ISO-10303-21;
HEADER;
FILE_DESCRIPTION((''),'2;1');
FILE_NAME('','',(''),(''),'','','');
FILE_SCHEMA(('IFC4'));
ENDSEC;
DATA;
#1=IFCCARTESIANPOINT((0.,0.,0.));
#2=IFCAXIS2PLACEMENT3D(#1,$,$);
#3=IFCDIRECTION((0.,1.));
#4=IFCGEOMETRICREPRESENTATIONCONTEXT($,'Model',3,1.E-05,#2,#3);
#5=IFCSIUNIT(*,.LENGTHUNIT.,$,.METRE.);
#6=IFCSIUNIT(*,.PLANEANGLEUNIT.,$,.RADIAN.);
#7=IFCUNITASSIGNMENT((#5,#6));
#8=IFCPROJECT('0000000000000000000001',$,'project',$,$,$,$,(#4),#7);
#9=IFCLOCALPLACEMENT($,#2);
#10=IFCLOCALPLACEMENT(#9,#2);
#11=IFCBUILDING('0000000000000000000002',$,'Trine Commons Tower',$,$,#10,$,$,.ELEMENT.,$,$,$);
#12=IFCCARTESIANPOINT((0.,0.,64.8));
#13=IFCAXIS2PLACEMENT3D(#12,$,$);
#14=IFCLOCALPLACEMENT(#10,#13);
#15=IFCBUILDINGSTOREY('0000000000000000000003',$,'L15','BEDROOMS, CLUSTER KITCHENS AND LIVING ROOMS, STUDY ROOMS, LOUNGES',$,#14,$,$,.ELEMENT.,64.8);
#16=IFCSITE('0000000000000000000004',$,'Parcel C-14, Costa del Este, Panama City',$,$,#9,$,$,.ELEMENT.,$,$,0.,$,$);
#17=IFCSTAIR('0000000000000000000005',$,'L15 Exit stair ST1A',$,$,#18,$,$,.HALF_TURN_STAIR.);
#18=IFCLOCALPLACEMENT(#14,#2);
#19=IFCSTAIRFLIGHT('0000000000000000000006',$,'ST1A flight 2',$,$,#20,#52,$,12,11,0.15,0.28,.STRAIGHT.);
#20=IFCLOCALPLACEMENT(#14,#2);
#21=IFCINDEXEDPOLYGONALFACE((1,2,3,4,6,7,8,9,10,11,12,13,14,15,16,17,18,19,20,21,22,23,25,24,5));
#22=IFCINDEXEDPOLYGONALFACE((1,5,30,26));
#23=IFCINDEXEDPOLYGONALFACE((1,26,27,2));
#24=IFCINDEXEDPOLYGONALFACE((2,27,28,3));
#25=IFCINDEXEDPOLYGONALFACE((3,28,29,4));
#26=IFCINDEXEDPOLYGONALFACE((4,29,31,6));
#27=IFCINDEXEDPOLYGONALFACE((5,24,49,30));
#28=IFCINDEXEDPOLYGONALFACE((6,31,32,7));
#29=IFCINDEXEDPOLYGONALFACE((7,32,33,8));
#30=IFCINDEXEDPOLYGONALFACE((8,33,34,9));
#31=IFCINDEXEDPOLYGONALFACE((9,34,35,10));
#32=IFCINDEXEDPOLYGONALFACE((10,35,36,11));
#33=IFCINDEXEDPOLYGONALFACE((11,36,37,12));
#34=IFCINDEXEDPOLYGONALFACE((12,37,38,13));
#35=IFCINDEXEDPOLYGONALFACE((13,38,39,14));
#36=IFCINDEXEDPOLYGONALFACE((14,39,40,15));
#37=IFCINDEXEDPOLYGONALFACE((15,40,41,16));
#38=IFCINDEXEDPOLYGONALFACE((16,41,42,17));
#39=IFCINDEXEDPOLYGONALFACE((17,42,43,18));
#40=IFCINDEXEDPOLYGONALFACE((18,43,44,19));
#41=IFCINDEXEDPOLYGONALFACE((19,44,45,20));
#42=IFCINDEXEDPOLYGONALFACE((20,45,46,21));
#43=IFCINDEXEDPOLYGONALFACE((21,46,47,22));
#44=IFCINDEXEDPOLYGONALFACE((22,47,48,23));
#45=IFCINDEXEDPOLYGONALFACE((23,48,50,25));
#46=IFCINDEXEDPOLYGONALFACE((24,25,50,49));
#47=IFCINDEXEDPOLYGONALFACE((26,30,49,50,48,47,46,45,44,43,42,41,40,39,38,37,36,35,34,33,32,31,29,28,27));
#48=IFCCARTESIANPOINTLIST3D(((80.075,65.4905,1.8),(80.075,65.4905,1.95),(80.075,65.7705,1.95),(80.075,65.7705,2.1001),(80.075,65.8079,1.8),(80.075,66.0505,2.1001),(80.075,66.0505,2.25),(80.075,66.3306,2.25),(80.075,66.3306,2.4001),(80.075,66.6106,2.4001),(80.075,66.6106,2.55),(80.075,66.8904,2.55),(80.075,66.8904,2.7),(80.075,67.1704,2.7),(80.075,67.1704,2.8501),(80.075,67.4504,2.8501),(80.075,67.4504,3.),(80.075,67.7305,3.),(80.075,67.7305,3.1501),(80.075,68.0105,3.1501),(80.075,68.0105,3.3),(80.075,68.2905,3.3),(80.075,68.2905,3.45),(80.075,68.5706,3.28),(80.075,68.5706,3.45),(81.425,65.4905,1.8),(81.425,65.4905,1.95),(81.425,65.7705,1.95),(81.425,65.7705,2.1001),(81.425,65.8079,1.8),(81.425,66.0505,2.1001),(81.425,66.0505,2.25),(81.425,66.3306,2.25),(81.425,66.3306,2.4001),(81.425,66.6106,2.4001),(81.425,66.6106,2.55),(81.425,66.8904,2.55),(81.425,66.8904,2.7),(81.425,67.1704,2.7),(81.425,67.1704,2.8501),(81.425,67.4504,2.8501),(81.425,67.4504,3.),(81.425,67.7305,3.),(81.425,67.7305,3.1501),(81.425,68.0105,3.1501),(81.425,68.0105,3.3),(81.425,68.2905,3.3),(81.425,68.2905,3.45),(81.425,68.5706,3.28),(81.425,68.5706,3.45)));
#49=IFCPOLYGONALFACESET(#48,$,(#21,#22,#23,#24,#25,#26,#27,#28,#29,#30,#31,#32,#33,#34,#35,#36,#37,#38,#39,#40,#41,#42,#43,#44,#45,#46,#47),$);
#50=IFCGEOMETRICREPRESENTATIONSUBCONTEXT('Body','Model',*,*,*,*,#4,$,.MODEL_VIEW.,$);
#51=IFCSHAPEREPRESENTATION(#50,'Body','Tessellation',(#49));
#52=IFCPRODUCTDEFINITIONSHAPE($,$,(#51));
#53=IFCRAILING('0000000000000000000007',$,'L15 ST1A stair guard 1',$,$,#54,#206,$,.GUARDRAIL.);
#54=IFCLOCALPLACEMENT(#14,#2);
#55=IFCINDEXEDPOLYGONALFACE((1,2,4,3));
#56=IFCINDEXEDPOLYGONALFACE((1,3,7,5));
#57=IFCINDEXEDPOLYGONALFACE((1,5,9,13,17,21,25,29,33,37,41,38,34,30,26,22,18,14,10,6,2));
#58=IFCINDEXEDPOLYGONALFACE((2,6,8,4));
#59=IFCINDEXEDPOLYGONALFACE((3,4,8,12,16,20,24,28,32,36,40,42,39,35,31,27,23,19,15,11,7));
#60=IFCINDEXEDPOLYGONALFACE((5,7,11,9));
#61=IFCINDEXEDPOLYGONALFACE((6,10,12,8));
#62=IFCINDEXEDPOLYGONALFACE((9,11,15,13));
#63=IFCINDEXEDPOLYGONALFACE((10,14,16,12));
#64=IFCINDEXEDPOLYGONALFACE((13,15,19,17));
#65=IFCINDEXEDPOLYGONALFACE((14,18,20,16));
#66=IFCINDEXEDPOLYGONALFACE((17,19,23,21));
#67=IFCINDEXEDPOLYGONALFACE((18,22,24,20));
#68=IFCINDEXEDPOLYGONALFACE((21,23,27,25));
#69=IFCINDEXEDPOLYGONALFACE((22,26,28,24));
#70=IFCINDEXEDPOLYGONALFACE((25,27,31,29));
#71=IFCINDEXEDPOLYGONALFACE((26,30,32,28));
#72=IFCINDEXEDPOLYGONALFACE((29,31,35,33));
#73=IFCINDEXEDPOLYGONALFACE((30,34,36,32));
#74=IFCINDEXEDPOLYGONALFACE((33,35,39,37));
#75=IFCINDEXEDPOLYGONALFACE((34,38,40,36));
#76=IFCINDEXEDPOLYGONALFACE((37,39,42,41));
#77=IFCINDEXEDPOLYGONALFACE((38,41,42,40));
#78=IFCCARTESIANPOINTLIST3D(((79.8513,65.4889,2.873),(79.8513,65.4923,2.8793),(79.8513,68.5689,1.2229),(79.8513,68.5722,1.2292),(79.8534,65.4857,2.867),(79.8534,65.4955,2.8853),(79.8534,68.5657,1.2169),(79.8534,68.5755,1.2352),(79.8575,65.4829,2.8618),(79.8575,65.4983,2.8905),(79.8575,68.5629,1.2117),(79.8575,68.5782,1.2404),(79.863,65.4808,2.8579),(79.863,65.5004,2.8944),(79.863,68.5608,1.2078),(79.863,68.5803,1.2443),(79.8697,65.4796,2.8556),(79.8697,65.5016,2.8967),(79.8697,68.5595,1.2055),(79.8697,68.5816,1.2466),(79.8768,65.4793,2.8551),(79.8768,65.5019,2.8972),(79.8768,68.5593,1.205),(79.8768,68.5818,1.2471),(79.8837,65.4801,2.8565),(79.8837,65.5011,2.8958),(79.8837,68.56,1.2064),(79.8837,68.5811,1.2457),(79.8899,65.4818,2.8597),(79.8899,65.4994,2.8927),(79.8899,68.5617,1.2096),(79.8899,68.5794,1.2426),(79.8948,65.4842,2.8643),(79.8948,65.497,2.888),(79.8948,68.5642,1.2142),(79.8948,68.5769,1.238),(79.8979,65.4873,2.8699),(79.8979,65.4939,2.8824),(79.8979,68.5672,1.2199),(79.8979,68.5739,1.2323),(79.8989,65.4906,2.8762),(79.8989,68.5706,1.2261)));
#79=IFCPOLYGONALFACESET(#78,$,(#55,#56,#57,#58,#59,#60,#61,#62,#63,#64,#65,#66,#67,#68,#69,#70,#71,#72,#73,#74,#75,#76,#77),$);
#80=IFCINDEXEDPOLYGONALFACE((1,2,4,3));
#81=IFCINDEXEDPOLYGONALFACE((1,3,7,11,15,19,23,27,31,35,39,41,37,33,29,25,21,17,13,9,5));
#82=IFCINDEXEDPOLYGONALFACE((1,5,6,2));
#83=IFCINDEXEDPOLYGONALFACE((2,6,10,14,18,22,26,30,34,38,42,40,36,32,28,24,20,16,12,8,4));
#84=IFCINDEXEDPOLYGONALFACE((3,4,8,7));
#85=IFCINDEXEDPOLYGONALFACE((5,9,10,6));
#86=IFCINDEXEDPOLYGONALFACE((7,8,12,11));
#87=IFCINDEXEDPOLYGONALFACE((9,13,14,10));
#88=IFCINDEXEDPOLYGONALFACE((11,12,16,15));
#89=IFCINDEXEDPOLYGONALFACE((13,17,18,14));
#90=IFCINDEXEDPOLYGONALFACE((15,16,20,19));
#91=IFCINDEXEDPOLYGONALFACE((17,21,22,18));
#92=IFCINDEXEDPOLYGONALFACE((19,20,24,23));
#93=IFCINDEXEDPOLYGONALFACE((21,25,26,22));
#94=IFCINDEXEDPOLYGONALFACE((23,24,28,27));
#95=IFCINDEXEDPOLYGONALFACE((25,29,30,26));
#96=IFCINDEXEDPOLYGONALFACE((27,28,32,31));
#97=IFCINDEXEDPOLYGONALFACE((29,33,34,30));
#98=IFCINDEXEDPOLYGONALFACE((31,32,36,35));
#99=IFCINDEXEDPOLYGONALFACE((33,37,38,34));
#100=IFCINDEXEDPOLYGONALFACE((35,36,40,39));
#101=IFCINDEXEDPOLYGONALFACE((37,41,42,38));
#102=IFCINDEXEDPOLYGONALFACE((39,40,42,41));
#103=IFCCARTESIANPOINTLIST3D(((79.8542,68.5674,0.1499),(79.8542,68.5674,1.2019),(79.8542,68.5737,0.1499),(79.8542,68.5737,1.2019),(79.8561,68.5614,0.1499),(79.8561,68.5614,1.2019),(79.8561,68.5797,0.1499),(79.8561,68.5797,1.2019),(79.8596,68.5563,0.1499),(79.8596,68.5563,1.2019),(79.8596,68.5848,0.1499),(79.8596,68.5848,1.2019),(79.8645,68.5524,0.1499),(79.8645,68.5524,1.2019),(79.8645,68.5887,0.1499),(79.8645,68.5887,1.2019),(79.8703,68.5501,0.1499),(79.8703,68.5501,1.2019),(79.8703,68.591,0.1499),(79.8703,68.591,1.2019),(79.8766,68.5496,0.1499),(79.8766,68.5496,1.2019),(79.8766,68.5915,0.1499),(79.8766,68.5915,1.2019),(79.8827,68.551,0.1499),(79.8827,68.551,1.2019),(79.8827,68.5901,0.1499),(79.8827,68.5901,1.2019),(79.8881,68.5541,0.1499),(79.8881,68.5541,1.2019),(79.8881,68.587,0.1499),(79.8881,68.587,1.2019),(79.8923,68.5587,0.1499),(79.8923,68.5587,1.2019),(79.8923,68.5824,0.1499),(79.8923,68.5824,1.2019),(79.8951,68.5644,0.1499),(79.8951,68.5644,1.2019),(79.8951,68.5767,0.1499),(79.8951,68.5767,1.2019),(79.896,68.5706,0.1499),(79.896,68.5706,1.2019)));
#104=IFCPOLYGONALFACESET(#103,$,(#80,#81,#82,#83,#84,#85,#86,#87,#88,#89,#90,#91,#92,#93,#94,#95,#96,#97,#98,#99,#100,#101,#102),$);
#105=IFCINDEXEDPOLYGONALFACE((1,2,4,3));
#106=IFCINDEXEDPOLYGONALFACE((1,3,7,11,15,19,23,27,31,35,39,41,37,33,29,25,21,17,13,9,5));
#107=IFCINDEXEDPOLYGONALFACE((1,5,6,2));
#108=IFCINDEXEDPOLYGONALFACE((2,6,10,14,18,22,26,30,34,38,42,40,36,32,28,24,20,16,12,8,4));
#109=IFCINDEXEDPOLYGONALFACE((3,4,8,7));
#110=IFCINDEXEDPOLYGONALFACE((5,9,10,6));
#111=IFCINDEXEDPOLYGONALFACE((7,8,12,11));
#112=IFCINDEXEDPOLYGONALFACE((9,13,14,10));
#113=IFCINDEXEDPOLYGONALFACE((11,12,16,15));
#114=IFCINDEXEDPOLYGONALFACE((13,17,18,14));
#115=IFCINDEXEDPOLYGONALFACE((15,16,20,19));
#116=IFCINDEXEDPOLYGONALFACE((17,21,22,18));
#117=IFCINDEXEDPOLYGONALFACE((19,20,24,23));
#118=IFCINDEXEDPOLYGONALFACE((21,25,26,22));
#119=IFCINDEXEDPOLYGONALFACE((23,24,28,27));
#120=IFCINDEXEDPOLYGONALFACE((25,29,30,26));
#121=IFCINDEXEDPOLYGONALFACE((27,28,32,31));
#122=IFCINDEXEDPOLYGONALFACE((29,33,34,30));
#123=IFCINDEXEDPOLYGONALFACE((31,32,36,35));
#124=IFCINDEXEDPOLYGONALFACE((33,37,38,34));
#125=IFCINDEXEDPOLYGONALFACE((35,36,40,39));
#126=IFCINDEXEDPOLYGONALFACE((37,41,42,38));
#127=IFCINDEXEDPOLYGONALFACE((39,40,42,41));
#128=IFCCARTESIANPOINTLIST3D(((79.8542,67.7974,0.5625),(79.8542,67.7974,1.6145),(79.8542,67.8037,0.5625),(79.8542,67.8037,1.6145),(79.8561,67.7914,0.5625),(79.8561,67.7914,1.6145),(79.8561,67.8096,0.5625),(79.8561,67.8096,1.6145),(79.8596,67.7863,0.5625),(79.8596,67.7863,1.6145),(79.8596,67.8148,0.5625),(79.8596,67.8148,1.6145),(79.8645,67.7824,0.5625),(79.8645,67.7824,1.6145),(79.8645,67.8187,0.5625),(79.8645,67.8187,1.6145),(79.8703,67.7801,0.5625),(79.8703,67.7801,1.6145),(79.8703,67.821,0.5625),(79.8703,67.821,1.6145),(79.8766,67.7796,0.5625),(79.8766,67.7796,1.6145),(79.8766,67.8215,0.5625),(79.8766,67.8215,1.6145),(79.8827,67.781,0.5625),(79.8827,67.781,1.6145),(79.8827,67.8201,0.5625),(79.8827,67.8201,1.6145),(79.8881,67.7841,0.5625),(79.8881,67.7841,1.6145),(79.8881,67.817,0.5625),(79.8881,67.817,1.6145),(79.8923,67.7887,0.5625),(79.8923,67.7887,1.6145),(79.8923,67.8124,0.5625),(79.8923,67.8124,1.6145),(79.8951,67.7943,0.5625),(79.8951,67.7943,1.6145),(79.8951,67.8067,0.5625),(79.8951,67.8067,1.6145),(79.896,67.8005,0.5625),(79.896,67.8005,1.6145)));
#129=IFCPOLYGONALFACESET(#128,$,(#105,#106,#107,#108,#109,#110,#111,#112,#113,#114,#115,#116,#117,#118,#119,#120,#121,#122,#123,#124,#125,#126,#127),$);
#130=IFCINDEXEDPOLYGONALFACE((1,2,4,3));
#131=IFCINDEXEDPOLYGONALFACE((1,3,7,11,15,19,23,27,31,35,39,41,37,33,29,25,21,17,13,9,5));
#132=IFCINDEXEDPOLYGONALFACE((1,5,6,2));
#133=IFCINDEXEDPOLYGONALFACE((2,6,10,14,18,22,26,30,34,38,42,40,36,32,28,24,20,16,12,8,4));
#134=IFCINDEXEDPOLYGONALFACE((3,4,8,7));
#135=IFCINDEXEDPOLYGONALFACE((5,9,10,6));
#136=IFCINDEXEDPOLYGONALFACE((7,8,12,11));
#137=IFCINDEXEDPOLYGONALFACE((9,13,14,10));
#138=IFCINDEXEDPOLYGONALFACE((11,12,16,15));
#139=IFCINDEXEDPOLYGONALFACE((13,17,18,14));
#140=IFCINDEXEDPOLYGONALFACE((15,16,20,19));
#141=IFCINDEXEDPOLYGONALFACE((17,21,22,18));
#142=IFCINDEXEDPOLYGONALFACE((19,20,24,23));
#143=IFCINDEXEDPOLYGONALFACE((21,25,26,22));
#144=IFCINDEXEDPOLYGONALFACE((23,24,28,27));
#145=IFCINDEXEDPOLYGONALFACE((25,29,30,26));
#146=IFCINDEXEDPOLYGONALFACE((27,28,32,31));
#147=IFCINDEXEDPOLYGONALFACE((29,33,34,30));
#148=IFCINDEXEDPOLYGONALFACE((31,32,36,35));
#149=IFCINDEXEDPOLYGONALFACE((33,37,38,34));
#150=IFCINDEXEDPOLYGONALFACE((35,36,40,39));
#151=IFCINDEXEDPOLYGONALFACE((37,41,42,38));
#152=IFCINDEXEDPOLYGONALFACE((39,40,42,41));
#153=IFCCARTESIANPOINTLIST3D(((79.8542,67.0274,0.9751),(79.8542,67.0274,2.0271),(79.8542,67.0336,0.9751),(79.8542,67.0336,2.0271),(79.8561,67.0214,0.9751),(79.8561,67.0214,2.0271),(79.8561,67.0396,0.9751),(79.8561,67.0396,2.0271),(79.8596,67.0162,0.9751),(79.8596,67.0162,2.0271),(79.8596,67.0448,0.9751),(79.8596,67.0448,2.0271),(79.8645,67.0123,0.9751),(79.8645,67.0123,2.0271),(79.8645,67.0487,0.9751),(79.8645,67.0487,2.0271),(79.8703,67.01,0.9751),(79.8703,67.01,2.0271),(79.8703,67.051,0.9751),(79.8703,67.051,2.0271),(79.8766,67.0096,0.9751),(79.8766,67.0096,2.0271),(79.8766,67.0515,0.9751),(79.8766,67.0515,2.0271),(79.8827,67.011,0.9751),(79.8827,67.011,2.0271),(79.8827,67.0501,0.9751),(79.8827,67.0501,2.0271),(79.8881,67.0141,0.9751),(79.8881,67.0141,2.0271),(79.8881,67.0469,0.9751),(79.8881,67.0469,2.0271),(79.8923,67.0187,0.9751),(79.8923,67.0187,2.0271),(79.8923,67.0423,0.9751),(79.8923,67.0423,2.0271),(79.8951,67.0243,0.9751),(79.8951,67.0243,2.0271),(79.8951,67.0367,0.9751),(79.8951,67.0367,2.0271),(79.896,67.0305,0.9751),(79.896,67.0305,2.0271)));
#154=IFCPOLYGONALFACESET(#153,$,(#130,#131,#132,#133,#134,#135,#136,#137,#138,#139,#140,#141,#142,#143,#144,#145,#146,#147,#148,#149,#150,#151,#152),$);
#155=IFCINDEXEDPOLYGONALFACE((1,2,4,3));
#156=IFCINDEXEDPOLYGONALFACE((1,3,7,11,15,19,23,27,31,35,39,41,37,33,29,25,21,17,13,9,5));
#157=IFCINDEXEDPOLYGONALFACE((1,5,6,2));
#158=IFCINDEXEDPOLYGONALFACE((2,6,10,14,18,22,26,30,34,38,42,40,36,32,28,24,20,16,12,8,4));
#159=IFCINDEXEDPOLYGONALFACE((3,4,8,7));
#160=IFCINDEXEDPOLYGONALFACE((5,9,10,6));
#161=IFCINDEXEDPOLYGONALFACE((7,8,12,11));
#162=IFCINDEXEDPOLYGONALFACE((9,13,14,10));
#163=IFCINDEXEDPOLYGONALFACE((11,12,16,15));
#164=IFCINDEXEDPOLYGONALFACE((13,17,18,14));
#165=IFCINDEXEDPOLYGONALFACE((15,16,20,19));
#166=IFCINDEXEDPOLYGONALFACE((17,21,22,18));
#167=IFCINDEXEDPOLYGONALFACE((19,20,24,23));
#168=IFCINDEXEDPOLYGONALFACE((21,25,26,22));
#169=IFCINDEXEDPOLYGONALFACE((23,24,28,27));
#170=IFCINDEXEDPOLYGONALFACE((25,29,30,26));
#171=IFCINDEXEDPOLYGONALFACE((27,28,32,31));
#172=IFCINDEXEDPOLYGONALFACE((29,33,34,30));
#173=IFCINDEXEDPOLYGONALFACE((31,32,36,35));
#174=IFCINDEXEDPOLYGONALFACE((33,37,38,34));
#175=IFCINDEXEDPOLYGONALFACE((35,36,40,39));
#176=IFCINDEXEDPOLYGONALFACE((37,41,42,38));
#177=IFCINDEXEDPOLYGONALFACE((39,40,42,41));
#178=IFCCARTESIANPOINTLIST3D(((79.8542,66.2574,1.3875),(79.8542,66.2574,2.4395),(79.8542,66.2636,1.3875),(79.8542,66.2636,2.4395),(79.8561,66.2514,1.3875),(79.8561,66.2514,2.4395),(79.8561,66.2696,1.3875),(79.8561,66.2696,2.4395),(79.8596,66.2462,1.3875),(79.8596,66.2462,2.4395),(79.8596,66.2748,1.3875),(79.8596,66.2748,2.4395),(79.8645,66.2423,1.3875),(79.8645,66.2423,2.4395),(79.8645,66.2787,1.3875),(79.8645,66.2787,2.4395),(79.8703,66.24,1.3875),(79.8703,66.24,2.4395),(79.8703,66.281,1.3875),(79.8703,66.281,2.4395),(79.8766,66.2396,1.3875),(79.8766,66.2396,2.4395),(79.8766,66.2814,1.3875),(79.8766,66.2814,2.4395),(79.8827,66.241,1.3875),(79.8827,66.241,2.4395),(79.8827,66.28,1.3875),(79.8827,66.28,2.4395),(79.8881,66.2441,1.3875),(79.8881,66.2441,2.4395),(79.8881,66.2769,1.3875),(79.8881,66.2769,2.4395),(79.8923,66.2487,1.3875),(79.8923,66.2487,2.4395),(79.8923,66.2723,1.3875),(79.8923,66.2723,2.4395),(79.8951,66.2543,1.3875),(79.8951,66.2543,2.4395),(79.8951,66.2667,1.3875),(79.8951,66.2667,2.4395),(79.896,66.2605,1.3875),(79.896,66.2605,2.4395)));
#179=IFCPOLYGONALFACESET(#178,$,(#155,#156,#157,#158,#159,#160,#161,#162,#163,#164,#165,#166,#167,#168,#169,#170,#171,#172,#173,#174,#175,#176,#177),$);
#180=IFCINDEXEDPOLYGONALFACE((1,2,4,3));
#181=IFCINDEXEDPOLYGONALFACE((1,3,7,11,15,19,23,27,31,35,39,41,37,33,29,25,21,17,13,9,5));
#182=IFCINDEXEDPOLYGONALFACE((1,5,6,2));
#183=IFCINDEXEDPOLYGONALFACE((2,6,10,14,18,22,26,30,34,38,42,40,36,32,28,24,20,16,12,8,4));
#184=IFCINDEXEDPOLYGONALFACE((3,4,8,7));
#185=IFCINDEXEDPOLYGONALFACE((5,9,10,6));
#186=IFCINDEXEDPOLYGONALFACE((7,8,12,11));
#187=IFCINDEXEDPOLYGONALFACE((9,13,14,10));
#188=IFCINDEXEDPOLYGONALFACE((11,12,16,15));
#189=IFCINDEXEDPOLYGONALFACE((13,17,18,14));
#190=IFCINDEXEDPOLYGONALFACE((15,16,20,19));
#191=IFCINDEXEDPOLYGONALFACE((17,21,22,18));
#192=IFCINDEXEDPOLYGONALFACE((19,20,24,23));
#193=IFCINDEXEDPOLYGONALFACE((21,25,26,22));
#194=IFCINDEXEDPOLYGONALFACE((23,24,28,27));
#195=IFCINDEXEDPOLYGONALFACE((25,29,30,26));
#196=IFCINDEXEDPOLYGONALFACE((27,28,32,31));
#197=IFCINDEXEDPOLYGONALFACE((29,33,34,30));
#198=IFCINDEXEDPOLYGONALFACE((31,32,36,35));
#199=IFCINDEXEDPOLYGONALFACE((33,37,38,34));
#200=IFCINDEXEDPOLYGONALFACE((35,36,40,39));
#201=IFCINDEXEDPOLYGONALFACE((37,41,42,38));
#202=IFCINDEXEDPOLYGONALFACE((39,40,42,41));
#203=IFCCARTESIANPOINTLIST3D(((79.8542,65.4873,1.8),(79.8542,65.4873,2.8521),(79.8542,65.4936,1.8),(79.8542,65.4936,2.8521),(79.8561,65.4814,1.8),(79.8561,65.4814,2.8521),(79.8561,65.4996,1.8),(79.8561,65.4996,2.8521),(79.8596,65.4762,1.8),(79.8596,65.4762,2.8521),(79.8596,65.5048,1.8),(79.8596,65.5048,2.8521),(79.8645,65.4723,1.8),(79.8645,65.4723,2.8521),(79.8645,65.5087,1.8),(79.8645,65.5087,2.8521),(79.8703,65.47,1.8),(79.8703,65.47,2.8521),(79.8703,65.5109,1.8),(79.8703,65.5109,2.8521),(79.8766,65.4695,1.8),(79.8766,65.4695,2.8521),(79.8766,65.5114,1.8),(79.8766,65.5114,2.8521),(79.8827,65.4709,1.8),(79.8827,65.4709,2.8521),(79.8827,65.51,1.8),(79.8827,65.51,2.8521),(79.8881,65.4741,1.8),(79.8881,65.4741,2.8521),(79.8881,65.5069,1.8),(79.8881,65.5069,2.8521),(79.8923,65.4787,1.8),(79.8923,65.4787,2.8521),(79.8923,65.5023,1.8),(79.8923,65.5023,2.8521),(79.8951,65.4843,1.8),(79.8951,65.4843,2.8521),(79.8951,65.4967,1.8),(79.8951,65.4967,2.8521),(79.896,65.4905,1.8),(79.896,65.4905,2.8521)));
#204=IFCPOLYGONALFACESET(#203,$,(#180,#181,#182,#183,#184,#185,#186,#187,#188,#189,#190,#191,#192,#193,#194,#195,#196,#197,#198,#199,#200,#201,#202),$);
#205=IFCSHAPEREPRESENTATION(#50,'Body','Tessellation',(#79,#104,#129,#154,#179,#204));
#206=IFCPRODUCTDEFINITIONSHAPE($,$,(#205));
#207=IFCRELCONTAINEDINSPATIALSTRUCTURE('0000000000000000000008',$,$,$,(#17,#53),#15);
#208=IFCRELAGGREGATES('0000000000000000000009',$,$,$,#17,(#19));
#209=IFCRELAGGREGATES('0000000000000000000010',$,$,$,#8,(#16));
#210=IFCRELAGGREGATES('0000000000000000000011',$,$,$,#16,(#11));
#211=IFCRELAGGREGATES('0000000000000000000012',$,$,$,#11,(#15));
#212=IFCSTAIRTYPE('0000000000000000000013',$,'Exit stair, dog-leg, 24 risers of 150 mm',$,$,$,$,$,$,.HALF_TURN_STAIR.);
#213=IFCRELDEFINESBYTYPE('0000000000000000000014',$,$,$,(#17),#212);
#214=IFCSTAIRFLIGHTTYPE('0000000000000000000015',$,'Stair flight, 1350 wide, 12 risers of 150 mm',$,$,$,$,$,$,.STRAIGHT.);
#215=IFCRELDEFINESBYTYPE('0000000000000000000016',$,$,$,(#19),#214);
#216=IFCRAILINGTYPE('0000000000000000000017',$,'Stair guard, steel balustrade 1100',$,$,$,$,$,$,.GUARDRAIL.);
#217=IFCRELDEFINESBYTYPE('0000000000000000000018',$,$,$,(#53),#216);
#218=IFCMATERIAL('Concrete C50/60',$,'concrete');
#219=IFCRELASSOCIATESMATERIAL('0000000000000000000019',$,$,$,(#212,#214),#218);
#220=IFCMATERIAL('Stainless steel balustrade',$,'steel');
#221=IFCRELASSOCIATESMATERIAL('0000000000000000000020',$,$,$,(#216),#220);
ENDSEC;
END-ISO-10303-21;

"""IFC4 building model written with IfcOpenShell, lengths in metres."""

from ifc_helpers import new_model, si_unit, direction, frame, origin, origin_2d, place, context, subcontext, project, spatial, polyline, circle, outline, extrude, material, type_object, element, aggregate, save


model = new_model("IFC4")

# Units and contexts
model_context = context("Model", 3, precision=1e-05, world=origin(), true_north=direction((0.0, 1.0)))
body_context = subcontext(model_context, "Body", "Model", "MODEL_VIEW")
ifc_project = project(units=[si_unit("LENGTHUNIT", "METRE"), si_unit("PLANEANGLEUNIT", "RADIAN")], contexts=[model_context])

# Site, building, storey
site_placement = place(None, origin())
site = spatial("IfcSite", under=ifc_project, at=site_placement, Name="Parcel C-14, Costa del Este, Panama City", CompositionType="ELEMENT", RefElevation=0.0)
building_placement = place(site_placement, origin())
building = spatial("IfcBuilding", under=site, at=building_placement, Name="Trine Commons Tower", CompositionType="ELEMENT")
storey_placement = place(building_placement, frame((0.0, 0.0, 64.8)))
storey = spatial("IfcBuildingStorey", under=building, at=storey_placement, Name="L15", Description="BEDROOMS, CLUSTER KITCHENS AND LIVING ROOMS, STUDY ROOMS, LOUNGES", CompositionType="ELEMENT", Elevation=64.8)

# Shared definitions
ifc_material_1 = material(Name="Concrete C50/60", Category="concrete")

# Stair, stair flight
stair_type = type_object("IfcStairType", Name="Exit stair, dog-leg, 24 risers of 150 mm", PredefinedType="HALF_TURN_STAIR", material=ifc_material_1)
stair_placement = place(storey_placement, origin())
stair = element("IfcStair", 1, at=stair_placement, inside=storey, type_object=stair_type, Name="L15 Exit stair ST1A", PredefinedType="HALF_TURN_STAIR")
stair_flight_type = type_object("IfcStairFlightType", Name="Stair flight, 1350 wide, 12 risers of 150 mm", PredefinedType="STRAIGHT", material=ifc_material_1)
stair_flight_1_placement = place(storey_placement, frame((80.75, 65.4905, 1.8), z_axis=(0.0, 0.0, 1.0), x_axis=(0.0, 1.0, 0.0)))
stair_flight_1 = element("IfcStairFlight", 2, at=stair_flight_1_placement, type_object=stair_flight_type, Name="ST1A flight 2", NumberOfRisers=12, NumberOfTreads=11, PredefinedType="STRAIGHT", RiserHeight=0.15, TreadLength=0.28, context=body_context, shape_type="SweptSolid", body=[
    extrude(outline(polyline([(0.0, 0.0), (0.0, 0.1499), (0.28, 0.1499), (0.28, 0.3), (0.5601, 0.3), (0.5601, 0.45), (0.8401, 0.45), (0.8401, 0.6001), (1.1201, 0.6001), (1.1201, 0.75), (1.3999, 0.75), (1.3999, 0.8999), (1.6799, 0.8999), (1.6799, 1.05), (1.96, 1.05), (1.96, 1.2), (2.24, 1.2), (2.24, 1.3501), (2.52, 1.3501), (2.52, 1.5), (2.8, 1.5), (2.8, 1.6499), (3.0801, 1.6499), (3.0801, 1.8), (3.0801, 1.48), (0.3174, 0.0), (0.0, 0.0)])), frame((0.0, 0.675, 0.0), z_axis=(0.0, -1.0, 0.0), x_axis=(1.0, 0.0, 0.0)), (0.0, 0.0, 1.0), 1.3501),
])
aggregate(stair, [stair_flight_1])

# Railing
ifc_material_2 = material(Name="Stainless steel balustrade", Category="steel")
railing_type_1 = type_object("IfcRailingType", Name="Stair guard, steel balustrade 1100", PredefinedType="GUARDRAIL", material=ifc_material_2)
railing_1_placement = place(storey_placement, frame((79.875, 68.5706, 0.1499)))
element("IfcRailing", 3, at=railing_1_placement, inside=storey, type_object=railing_type_1, Name="L15 ST1A stair guard 1", PredefinedType="GUARDRAIL", context=body_context, shape_type="SweptSolid", body=[
    extrude(circle(Radius=0.0239, at=origin_2d()), frame((0.0, 0.0, 1.0762), z_axis=(0.0, -0.881468, 0.472245), x_axis=(1.0, 0.0, 0.0)), (0.0, 0.0, 1.0), 3.4941),
    extrude(circle(Radius=0.021, at=origin_2d()), origin(), (0.0, 0.0, 1.0), 1.052),
    extrude(circle(Radius=0.021, at=origin_2d()), frame((0.0, -0.77, 0.4126)), (0.0, 0.0, 1.0), 1.052),
    extrude(circle(Radius=0.021, at=origin_2d()), frame((0.0, -1.54, 0.8252)), (0.0, 0.0, 1.0), 1.052),
    extrude(circle(Radius=0.021, at=origin_2d()), frame((0.0, -2.3101, 1.2375)), (0.0, 0.0, 1.0), 1.052),
    extrude(circle(Radius=0.021, at=origin_2d()), frame((0.0, -3.0801, 1.6501)), (0.0, 0.0, 1.0), 1.052),
])

save(model, "model.ifc")
